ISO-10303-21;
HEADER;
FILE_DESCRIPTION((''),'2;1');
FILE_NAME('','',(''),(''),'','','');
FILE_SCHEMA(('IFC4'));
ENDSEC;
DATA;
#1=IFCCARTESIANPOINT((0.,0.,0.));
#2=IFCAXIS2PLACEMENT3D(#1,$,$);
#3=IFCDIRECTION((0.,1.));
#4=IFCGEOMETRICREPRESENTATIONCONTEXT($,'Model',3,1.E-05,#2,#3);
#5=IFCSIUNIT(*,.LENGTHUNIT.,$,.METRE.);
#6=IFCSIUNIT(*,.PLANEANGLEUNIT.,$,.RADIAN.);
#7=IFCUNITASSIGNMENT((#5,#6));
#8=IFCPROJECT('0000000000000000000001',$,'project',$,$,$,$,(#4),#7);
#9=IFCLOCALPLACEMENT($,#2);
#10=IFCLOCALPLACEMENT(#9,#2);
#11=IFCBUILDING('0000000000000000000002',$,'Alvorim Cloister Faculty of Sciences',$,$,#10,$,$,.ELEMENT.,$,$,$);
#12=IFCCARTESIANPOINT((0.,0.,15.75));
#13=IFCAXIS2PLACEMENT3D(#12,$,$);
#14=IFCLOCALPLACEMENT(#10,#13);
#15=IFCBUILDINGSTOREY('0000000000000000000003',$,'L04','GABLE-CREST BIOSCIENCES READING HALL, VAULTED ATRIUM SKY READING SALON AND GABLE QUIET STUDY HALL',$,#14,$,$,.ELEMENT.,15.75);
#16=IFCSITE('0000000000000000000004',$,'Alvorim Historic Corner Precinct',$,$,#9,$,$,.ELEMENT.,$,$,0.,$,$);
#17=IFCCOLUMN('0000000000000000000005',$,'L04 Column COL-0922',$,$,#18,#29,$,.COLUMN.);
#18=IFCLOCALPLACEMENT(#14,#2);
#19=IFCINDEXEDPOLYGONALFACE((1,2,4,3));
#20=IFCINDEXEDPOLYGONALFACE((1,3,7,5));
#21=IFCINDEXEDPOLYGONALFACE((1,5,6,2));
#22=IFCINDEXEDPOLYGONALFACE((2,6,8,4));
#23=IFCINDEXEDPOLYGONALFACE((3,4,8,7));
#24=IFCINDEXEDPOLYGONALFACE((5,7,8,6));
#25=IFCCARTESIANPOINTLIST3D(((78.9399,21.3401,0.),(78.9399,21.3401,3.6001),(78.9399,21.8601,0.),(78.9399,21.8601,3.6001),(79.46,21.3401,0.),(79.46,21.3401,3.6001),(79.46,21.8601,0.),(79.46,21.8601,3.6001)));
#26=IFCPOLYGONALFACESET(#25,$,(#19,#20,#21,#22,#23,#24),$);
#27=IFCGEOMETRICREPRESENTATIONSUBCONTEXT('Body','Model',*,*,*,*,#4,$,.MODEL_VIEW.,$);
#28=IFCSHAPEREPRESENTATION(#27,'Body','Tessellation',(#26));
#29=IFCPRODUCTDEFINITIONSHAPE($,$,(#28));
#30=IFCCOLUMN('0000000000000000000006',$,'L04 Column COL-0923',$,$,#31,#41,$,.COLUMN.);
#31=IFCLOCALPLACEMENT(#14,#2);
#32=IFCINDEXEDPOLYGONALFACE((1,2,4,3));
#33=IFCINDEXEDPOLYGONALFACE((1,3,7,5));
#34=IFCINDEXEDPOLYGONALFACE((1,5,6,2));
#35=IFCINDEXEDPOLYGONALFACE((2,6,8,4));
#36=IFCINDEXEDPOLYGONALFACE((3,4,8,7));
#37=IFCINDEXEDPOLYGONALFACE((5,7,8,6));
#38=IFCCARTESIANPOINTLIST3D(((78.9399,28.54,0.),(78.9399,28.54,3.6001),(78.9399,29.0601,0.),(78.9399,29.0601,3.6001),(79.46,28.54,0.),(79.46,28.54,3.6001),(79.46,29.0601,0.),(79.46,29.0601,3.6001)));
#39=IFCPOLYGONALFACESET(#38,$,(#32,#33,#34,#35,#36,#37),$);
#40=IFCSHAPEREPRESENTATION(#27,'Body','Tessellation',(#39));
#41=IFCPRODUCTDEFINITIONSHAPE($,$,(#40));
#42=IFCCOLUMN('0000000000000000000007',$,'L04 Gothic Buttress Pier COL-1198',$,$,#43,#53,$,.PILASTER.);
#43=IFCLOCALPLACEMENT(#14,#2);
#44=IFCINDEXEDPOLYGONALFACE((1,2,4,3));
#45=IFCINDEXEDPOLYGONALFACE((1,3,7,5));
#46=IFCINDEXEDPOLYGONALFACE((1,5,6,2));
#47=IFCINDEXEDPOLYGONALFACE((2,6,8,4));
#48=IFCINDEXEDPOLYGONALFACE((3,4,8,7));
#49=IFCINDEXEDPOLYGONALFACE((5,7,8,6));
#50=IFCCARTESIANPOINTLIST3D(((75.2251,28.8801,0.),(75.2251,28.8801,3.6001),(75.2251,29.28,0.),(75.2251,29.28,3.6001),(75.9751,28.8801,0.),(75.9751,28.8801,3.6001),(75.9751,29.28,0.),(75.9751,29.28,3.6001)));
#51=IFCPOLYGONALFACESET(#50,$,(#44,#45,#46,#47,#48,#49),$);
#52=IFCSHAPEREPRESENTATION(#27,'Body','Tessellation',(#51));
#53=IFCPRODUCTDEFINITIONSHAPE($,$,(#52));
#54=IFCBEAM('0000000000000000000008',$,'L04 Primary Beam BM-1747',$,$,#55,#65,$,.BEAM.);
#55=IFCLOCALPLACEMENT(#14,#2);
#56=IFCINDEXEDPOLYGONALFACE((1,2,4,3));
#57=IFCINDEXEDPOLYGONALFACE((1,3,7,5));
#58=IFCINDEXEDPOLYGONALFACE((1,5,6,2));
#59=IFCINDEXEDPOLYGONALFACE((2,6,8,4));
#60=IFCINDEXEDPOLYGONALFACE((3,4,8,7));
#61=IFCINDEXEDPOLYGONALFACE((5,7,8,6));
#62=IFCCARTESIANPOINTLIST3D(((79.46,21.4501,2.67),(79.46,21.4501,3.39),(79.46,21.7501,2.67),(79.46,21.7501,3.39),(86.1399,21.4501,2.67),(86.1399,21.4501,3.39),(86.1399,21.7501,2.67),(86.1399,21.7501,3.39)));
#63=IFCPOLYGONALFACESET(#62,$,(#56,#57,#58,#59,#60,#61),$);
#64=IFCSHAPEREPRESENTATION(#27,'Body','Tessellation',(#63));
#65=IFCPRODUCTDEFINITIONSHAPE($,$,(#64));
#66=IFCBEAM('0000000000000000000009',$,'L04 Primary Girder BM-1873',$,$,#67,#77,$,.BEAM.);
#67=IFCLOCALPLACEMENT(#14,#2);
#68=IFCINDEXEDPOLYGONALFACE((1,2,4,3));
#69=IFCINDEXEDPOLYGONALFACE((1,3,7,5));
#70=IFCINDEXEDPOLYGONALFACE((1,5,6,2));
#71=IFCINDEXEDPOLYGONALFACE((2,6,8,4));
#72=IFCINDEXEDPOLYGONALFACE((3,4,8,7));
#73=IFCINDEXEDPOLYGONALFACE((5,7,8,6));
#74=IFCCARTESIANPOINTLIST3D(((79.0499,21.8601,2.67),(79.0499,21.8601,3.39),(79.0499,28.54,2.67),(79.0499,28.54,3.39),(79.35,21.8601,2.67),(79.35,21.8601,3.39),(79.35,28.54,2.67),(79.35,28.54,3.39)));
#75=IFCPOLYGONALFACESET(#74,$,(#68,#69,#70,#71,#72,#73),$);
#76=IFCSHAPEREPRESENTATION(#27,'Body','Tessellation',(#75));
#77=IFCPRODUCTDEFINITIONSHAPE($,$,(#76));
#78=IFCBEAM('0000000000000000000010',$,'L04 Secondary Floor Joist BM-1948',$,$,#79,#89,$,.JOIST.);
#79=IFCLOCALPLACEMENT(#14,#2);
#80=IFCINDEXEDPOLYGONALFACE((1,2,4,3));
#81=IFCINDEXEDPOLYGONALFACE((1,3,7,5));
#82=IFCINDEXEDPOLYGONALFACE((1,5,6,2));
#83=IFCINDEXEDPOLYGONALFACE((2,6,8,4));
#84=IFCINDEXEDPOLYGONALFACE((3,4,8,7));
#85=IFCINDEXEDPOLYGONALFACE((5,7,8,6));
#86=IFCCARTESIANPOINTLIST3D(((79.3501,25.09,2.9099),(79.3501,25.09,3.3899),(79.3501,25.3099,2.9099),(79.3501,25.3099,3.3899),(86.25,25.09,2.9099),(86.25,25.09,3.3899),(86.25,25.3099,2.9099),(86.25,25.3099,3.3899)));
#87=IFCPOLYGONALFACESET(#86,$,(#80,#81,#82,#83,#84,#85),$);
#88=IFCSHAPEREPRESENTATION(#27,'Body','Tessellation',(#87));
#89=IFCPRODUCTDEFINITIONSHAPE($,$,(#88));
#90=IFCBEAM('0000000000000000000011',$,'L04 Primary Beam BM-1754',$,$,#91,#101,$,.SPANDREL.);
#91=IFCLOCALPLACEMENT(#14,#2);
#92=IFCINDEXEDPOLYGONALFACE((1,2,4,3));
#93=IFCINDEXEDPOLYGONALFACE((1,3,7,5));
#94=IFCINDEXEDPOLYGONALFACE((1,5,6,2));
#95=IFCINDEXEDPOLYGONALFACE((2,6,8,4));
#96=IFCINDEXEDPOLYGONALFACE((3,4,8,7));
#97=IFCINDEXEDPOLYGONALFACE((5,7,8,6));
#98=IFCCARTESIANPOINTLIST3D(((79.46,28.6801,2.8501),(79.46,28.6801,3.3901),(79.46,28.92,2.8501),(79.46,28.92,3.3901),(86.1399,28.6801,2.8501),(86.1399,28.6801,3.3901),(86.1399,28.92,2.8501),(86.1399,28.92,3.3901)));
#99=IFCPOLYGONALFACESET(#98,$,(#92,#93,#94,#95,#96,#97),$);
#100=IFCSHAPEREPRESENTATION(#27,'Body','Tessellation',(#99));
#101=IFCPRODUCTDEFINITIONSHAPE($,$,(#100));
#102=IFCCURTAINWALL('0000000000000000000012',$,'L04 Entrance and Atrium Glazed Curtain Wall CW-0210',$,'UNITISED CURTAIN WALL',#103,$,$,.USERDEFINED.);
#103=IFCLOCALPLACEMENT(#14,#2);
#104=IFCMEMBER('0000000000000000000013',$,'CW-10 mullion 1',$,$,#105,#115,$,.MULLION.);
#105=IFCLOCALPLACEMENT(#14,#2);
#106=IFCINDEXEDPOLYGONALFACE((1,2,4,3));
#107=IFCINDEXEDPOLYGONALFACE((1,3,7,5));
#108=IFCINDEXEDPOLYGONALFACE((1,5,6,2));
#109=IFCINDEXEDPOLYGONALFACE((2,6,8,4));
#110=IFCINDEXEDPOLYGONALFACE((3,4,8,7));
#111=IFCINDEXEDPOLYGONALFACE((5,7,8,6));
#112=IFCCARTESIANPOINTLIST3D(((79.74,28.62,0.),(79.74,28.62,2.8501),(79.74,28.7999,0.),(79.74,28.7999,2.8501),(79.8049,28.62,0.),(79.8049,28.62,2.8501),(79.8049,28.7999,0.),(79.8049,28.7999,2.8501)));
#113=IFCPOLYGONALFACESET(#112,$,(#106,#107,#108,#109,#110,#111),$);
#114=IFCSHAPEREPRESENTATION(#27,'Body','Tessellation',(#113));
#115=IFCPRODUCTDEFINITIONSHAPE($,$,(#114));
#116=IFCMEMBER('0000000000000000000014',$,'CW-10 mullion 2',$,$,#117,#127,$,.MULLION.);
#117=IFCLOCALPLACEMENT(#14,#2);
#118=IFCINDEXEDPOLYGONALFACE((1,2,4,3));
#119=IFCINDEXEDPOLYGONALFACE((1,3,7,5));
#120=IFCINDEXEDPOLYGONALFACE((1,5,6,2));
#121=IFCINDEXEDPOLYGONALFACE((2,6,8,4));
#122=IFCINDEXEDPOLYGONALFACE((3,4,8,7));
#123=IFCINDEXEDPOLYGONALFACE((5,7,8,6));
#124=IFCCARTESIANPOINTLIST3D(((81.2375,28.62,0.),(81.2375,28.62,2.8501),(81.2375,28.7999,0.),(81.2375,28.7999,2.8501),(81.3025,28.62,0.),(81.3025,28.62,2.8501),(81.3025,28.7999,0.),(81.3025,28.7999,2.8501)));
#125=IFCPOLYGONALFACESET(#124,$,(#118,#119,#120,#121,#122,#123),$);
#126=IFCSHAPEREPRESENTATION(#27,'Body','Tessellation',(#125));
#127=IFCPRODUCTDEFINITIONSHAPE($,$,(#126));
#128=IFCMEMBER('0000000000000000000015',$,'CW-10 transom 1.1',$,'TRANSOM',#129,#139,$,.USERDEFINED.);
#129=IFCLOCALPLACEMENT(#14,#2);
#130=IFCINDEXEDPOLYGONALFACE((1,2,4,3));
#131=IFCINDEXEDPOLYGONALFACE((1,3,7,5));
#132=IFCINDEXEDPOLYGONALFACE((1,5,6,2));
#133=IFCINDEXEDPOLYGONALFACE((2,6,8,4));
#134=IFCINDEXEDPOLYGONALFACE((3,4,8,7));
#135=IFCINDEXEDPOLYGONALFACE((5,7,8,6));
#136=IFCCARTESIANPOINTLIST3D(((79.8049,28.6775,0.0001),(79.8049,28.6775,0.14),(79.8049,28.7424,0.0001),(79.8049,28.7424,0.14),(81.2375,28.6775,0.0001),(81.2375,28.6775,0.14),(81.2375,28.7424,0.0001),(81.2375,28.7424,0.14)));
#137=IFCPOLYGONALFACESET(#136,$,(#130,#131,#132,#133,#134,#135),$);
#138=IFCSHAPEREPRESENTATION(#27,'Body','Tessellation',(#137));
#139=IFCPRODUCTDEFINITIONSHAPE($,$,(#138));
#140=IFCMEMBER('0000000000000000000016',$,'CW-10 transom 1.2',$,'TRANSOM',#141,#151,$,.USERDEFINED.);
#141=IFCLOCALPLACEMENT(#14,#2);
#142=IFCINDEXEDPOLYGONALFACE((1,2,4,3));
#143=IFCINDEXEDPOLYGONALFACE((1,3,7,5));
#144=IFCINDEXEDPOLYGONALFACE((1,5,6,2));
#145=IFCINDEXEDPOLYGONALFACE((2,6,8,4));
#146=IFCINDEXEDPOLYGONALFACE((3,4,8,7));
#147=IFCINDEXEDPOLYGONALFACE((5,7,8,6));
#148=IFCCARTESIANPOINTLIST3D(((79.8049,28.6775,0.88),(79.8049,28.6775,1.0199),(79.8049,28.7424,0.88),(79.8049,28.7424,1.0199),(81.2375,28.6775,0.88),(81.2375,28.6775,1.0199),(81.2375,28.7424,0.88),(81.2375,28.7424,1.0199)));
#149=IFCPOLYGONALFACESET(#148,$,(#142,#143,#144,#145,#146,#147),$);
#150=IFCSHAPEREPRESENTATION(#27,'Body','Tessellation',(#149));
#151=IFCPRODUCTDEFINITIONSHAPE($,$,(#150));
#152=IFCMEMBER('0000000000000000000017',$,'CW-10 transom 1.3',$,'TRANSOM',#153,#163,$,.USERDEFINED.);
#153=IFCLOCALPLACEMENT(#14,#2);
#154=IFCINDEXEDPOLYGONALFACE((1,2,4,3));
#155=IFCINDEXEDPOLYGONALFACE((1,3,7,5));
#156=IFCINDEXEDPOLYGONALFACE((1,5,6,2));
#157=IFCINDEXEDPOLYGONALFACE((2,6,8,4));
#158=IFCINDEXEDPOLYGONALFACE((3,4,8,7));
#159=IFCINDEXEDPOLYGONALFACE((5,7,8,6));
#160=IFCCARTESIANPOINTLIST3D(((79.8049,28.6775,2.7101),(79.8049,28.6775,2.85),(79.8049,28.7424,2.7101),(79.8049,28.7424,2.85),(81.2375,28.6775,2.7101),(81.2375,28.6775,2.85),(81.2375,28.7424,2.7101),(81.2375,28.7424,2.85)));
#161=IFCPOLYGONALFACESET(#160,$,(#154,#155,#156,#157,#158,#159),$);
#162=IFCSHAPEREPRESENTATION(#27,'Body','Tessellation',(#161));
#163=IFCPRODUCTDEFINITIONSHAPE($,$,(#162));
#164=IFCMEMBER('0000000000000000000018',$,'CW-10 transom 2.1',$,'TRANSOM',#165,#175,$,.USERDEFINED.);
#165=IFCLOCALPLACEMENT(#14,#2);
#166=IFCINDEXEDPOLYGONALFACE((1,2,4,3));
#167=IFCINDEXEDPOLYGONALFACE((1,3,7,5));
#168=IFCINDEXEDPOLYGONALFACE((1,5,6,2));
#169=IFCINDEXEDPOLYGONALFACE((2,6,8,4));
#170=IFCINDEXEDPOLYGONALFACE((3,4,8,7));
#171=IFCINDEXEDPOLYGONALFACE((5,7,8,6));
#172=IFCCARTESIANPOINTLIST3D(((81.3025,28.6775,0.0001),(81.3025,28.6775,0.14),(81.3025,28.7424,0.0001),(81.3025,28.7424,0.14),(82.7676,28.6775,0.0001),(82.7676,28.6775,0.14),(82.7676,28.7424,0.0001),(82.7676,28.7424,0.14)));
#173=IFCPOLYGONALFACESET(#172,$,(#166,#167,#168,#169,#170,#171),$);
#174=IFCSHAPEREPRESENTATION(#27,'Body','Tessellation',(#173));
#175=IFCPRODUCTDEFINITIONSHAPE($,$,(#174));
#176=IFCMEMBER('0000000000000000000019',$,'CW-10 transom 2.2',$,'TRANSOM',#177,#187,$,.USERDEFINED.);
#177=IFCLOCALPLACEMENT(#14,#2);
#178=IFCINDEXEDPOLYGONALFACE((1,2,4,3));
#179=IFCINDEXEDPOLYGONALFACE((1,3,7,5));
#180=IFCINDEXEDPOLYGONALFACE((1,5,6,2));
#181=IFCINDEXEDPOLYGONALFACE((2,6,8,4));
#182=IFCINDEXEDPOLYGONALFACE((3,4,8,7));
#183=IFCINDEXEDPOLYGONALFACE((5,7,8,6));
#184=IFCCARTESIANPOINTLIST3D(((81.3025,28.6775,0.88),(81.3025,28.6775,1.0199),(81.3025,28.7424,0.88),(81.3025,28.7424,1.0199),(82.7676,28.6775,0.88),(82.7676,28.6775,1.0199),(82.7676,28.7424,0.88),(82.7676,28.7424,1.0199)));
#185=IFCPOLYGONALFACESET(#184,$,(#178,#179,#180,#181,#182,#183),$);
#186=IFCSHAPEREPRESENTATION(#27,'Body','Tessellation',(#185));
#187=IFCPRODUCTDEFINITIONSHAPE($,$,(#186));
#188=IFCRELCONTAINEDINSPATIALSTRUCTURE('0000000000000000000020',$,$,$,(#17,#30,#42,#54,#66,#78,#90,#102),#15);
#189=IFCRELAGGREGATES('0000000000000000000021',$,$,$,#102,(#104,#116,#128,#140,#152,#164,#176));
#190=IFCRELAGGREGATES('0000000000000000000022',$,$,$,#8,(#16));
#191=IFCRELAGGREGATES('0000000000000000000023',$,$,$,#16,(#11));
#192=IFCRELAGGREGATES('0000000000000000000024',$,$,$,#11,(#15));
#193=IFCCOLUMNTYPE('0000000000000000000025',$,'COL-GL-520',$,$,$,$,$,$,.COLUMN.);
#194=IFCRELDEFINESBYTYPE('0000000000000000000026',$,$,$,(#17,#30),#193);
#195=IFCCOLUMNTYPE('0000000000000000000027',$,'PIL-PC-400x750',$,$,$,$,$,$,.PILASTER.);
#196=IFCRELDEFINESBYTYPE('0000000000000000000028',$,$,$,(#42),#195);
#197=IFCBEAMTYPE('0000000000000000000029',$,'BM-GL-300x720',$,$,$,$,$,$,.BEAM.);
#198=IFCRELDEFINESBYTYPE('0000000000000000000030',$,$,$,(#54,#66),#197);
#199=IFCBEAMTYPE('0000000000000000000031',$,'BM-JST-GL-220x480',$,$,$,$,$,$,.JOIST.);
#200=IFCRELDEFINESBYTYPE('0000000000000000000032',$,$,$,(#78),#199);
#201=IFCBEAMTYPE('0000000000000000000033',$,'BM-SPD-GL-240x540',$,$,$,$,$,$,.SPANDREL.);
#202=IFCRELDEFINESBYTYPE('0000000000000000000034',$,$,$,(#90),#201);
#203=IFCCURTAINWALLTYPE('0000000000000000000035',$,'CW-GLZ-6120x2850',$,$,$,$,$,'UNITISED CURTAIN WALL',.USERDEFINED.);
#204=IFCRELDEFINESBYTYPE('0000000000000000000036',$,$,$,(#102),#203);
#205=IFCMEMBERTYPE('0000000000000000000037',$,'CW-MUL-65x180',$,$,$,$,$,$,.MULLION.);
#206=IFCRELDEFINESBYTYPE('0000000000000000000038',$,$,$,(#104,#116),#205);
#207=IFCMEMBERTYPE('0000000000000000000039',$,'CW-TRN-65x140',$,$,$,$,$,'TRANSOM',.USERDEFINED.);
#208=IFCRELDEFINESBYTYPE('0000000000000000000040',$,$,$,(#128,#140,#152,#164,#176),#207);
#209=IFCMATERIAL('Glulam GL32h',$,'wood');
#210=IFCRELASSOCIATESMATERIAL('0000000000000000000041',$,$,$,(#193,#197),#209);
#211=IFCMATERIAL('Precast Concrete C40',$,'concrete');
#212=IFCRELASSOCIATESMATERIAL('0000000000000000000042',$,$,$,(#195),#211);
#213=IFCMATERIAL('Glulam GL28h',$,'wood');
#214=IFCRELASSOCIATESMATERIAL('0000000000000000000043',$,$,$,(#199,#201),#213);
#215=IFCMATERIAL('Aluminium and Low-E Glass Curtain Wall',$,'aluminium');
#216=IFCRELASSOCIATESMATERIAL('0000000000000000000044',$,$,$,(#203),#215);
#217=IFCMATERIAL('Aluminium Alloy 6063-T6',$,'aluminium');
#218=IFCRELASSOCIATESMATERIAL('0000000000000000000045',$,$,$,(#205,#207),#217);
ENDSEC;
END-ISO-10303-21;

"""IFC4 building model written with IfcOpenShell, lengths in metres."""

from ifc_helpers import new_model, si_unit, direction, frame, origin, origin_2d, place, context, subcontext, project, spatial, rectangle, extrude, material, material_profile, profile_set, type_object, element, aggregate, save


model = new_model("IFC4")

# Units and contexts
model_context = context("Model", 3, precision=1e-05, world=origin(), true_north=direction((0.0, 1.0)))
body_context = subcontext(model_context, "Body", "Model", "MODEL_VIEW")
ifc_project = project(units=[si_unit("LENGTHUNIT", "METRE"), si_unit("PLANEANGLEUNIT", "RADIAN")], contexts=[model_context])

# Site, building, storey
site_placement = place(None, origin())
site = spatial("IfcSite", under=ifc_project, at=site_placement, Name="Alvorim Historic Corner Precinct", CompositionType="ELEMENT", RefElevation=0.0)
building_placement = place(site_placement, origin())
building = spatial("IfcBuilding", under=site, at=building_placement, Name="Alvorim Cloister Faculty of Sciences", CompositionType="ELEMENT")
storey_placement = place(building_placement, frame((0.0, 0.0, 15.75)))
storey = spatial("IfcBuildingStorey", under=building, at=storey_placement, Name="L04", Description="GABLE-CREST BIOSCIENCES READING HALL, VAULTED ATRIUM SKY READING SALON AND GABLE QUIET STUDY HALL", CompositionType="ELEMENT", Elevation=15.75)

# Columns
ifc_material_1 = material(Name="Glulam GL32h", Category="wood")
ifc_material_profile_1 = material_profile(ifc_material_1, rectangle(XDim=0.52, YDim=0.52, at=origin_2d()), Name="GL32-COL-520x520")
ifc_profile_set_1 = profile_set([ifc_material_profile_1], Name="Glulam GL32h")
column_type_1 = type_object("IfcColumnType", Name="COL-GL-520", PredefinedType="COLUMN", material=ifc_profile_set_1)
for number, where, z_axis, x_axis, name in (
    (1, (79.2, 21.6001, 0.0), (0.0, 0.0, 1.0), (1.0, 0.0, 0.0), "L04 Column COL-0922"),
    (2, (79.2, 28.8, 0.0), (0.0, 0.0, 1.0), (1.0, 0.0, 0.0), "L04 Column COL-0923"),
):
    element("IfcColumn", number, at=place(storey_placement, frame(where, z_axis=z_axis, x_axis=x_axis)), inside=storey, type_object=column_type_1, Name=name, PredefinedType="COLUMN", context=body_context, shape_type="SweptSolid", body=[
        extrude(rectangle(XDim=0.52, YDim=0.52, at=origin_2d()), origin(), (0.0, 0.0, 1.0), 3.6001),
    ])
ifc_material_2 = material(Name="Precast Concrete C40", Category="concrete")
ifc_material_profile_2 = material_profile(ifc_material_2, rectangle(XDim=0.3999, YDim=0.75, at=origin_2d()), Name="RC40-PIL-400x750")
ifc_profile_set_2 = profile_set([ifc_material_profile_2], Name="Precast Concrete C40")
column_type_2 = type_object("IfcColumnType", Name="PIL-PC-400x750", PredefinedType="PILASTER", material=ifc_profile_set_2)
column_placement = place(storey_placement, frame((75.6001, 29.0801, 0.0), z_axis=(0.0, 0.0, 1.0), x_axis=(0.0, 1.0, 0.0)))
element("IfcColumn", 3, at=column_placement, inside=storey, type_object=column_type_2, Name="L04 Gothic Buttress Pier COL-1198", PredefinedType="PILASTER", context=body_context, shape_type="SweptSolid", body=[
    extrude(rectangle(XDim=0.3999, YDim=0.75, at=origin_2d()), origin(), (0.0, 0.0, 1.0), 3.6001),
])

# Beams
ifc_material_profile_3 = material_profile(ifc_material_1, rectangle(XDim=0.3, YDim=0.72, at=origin_2d()), Name="GL32-BM-300x720")
ifc_profile_set_3 = profile_set([ifc_material_profile_3], Name="Glulam GL32h")
beam_type_1 = type_object("IfcBeamType", Name="BM-GL-300x720", PredefinedType="BEAM", material=ifc_profile_set_3)
for number, where, z_axis, x_axis, name in (
    (4, (79.46, 21.6001, 3.03), (1.0, 0.0, 0.0), (0.0, 1.0, 0.0), "L04 Primary Beam BM-1747"),
    (5, (79.2, 21.8601, 3.03), (0.0, 1.0, 0.0), (-1.0, 0.0, 0.0), "L04 Primary Girder BM-1873"),
):
    element("IfcBeam", number, at=place(storey_placement, frame(where, z_axis=z_axis, x_axis=x_axis)), inside=storey, type_object=beam_type_1, Name=name, PredefinedType="BEAM", context=body_context, shape_type="SweptSolid", body=[
        extrude(rectangle(XDim=0.3, YDim=0.72, at=origin_2d()), origin(), (0.0, 0.0, 1.0), 6.6799),
    ])
ifc_material_3 = material(Name="Glulam GL28h", Category="wood")
ifc_material_profile_4 = material_profile(ifc_material_3, rectangle(XDim=0.22, YDim=0.48, at=origin_2d()), Name="GL28-JST-220x480")
ifc_profile_set_4 = profile_set([ifc_material_profile_4], Name="Glulam GL28h")
beam_type_2 = type_object("IfcBeamType", Name="BM-JST-GL-220x480", PredefinedType="JOIST", material=ifc_profile_set_4)
beam_1_placement = place(storey_placement, frame((79.3501, 25.2, 3.1499), z_axis=(1.0, 0.0, 0.0), x_axis=(0.0, 1.0, 0.0)))
element("IfcBeam", 6, at=beam_1_placement, inside=storey, type_object=beam_type_2, Name="L04 Secondary Floor Joist BM-1948", PredefinedType="JOIST", context=body_context, shape_type="SweptSolid", body=[
    extrude(rectangle(XDim=0.22, YDim=0.48, at=origin_2d()), origin(), (0.0, 0.0, 1.0), 6.8999),
])
ifc_material_profile_5 = material_profile(ifc_material_3, rectangle(XDim=0.24, YDim=0.54, at=origin_2d()), Name="GL28-SPD-240x540")
ifc_profile_set_5 = profile_set([ifc_material_profile_5], Name="Glulam GL28h")
beam_type_3 = type_object("IfcBeamType", Name="BM-SPD-GL-240x540", PredefinedType="SPANDREL", material=ifc_profile_set_5)
beam_2_placement = place(storey_placement, frame((79.46, 28.8, 3.1201), z_axis=(1.0, 0.0, 0.0), x_axis=(0.0, 1.0, 0.0)))
element("IfcBeam", 7, at=beam_2_placement, inside=storey, type_object=beam_type_3, Name="L04 Primary Beam BM-1754", PredefinedType="SPANDREL", context=body_context, shape_type="SweptSolid", body=[
    extrude(rectangle(XDim=0.24, YDim=0.54, at=origin_2d()), origin(), (0.0, 0.0, 1.0), 6.6799),
])

# Curtain wall, members
ifc_material_4 = material(Name="Aluminium and Low-E Glass Curtain Wall", Category="aluminium")
curtain_wall_type = type_object("IfcCurtainWallType", Name="CW-GLZ-6120x2850", ElementType="UNITISED CURTAIN WALL", PredefinedType="USERDEFINED", material=ifc_material_4)
curtain_wall_placement = place(storey_placement, origin())
curtain_wall = element("IfcCurtainWall", 8, at=curtain_wall_placement, inside=storey, type_object=curtain_wall_type, Name="L04 Entrance and Atrium Glazed Curtain Wall CW-0210", ObjectType="UNITISED CURTAIN WALL", PredefinedType="USERDEFINED")
ifc_material_5 = material(Name="Aluminium Alloy 6063-T6", Category="aluminium")
ifc_material_profile_6 = material_profile(ifc_material_5, rectangle(XDim=0.0649, YDim=0.1799, at=origin_2d()), Name="ALU-MUL-65x180")
ifc_profile_set_6 = profile_set([ifc_material_profile_6], Name="Aluminium Alloy 6063-T6")
member_type_1 = type_object("IfcMemberType", Name="CW-MUL-65x180", PredefinedType="MULLION", material=ifc_profile_set_6)
member_1_placement = place(storey_placement, frame((79.7725, 28.71, 0.0), z_axis=(0.0, 0.0, 1.0), x_axis=(1.0, 0.0, 0.0)))
member_1 = element("IfcMember", 9, at=member_1_placement, type_object=member_type_1, Name="CW-10 mullion 1", PredefinedType="MULLION", context=body_context, shape_type="SweptSolid", body=[
    extrude(rectangle(XDim=0.0649, YDim=0.1799, at=origin_2d()), origin(), (0.0, 0.0, 1.0), 2.8501),
])
member_2_placement = place(storey_placement, frame((81.27, 28.71, 0.0), z_axis=(0.0, 0.0, 1.0), x_axis=(1.0, 0.0, 0.0)))
member_2 = element("IfcMember", 10, at=member_2_placement, type_object=member_type_1, Name="CW-10 mullion 2", PredefinedType="MULLION", context=body_context, shape_type="SweptSolid", body=[
    extrude(rectangle(XDim=0.0649, YDim=0.1799, at=origin_2d()), origin(), (0.0, 0.0, 1.0), 2.8501),
])
ifc_material_profile_7 = material_profile(ifc_material_5, rectangle(XDim=0.0649, YDim=0.1399, at=origin_2d()), Name="ALU-TRN-65x140")
ifc_profile_set_7 = profile_set([ifc_material_profile_7], Name="Aluminium Alloy 6063-T6")
member_type_2 = type_object("IfcMemberType", Name="CW-TRN-65x140", ElementType="TRANSOM", PredefinedType="USERDEFINED", material=ifc_profile_set_7)
member_3_placement = place(storey_placement, frame((79.8049, 28.71, 0.0701), z_axis=(1.0, 0.0, 0.0), x_axis=(0.0, 1.0, 0.0)))
member_3 = element("IfcMember", 11, at=member_3_placement, type_object=member_type_2, Name="CW-10 transom 1.1", ObjectType="TRANSOM", PredefinedType="USERDEFINED", context=body_context, shape_type="SweptSolid", body=[
    extrude(rectangle(XDim=0.0649, YDim=0.1399, at=origin_2d()), origin(), (0.0, 0.0, 1.0), 1.4326),
])
member_4_placement = place(storey_placement, frame((79.8049, 28.71, 0.95), z_axis=(1.0, 0.0, 0.0), x_axis=(0.0, 1.0, 0.0)))
member_4 = element("IfcMember", 12, at=member_4_placement, type_object=member_type_2, Name="CW-10 transom 1.2", ObjectType="TRANSOM", PredefinedType="USERDEFINED", context=body_context, shape_type="SweptSolid", body=[
    extrude(rectangle(XDim=0.0649, YDim=0.1399, at=origin_2d()), origin(), (0.0, 0.0, 1.0), 1.4326),
])
member_5_placement = place(storey_placement, frame((79.8049, 28.71, 2.78), z_axis=(1.0, 0.0, 0.0), x_axis=(0.0, 1.0, 0.0)))
member_5 = element("IfcMember", 13, at=member_5_placement, type_object=member_type_2, Name="CW-10 transom 1.3", ObjectType="TRANSOM", PredefinedType="USERDEFINED", context=body_context, shape_type="SweptSolid", body=[
    extrude(rectangle(XDim=0.0649, YDim=0.1399, at=origin_2d()), origin(), (0.0, 0.0, 1.0), 1.4326),
])
member_6_placement = place(storey_placement, frame((81.3025, 28.71, 0.0701), z_axis=(1.0, 0.0, 0.0), x_axis=(0.0, 1.0, 0.0)))
member_6 = element("IfcMember", 14, at=member_6_placement, type_object=member_type_2, Name="CW-10 transom 2.1", ObjectType="TRANSOM", PredefinedType="USERDEFINED", context=body_context, shape_type="SweptSolid", body=[
    extrude(rectangle(XDim=0.0649, YDim=0.1399, at=origin_2d()), origin(), (0.0, 0.0, 1.0), 1.4651),
])
member_7_placement = place(storey_placement, frame((81.3025, 28.71, 0.95), z_axis=(1.0, 0.0, 0.0), x_axis=(0.0, 1.0, 0.0)))
member_7 = element("IfcMember", 15, at=member_7_placement, type_object=member_type_2, Name="CW-10 transom 2.2", ObjectType="TRANSOM", PredefinedType="USERDEFINED", context=body_context, shape_type="SweptSolid", body=[
    extrude(rectangle(XDim=0.0649, YDim=0.1399, at=origin_2d()), origin(), (0.0, 0.0, 1.0), 1.4651),
])
aggregate(curtain_wall, [member_1, member_2, member_3, member_4, member_5, member_6, member_7])

save(model, "model.ifc")
